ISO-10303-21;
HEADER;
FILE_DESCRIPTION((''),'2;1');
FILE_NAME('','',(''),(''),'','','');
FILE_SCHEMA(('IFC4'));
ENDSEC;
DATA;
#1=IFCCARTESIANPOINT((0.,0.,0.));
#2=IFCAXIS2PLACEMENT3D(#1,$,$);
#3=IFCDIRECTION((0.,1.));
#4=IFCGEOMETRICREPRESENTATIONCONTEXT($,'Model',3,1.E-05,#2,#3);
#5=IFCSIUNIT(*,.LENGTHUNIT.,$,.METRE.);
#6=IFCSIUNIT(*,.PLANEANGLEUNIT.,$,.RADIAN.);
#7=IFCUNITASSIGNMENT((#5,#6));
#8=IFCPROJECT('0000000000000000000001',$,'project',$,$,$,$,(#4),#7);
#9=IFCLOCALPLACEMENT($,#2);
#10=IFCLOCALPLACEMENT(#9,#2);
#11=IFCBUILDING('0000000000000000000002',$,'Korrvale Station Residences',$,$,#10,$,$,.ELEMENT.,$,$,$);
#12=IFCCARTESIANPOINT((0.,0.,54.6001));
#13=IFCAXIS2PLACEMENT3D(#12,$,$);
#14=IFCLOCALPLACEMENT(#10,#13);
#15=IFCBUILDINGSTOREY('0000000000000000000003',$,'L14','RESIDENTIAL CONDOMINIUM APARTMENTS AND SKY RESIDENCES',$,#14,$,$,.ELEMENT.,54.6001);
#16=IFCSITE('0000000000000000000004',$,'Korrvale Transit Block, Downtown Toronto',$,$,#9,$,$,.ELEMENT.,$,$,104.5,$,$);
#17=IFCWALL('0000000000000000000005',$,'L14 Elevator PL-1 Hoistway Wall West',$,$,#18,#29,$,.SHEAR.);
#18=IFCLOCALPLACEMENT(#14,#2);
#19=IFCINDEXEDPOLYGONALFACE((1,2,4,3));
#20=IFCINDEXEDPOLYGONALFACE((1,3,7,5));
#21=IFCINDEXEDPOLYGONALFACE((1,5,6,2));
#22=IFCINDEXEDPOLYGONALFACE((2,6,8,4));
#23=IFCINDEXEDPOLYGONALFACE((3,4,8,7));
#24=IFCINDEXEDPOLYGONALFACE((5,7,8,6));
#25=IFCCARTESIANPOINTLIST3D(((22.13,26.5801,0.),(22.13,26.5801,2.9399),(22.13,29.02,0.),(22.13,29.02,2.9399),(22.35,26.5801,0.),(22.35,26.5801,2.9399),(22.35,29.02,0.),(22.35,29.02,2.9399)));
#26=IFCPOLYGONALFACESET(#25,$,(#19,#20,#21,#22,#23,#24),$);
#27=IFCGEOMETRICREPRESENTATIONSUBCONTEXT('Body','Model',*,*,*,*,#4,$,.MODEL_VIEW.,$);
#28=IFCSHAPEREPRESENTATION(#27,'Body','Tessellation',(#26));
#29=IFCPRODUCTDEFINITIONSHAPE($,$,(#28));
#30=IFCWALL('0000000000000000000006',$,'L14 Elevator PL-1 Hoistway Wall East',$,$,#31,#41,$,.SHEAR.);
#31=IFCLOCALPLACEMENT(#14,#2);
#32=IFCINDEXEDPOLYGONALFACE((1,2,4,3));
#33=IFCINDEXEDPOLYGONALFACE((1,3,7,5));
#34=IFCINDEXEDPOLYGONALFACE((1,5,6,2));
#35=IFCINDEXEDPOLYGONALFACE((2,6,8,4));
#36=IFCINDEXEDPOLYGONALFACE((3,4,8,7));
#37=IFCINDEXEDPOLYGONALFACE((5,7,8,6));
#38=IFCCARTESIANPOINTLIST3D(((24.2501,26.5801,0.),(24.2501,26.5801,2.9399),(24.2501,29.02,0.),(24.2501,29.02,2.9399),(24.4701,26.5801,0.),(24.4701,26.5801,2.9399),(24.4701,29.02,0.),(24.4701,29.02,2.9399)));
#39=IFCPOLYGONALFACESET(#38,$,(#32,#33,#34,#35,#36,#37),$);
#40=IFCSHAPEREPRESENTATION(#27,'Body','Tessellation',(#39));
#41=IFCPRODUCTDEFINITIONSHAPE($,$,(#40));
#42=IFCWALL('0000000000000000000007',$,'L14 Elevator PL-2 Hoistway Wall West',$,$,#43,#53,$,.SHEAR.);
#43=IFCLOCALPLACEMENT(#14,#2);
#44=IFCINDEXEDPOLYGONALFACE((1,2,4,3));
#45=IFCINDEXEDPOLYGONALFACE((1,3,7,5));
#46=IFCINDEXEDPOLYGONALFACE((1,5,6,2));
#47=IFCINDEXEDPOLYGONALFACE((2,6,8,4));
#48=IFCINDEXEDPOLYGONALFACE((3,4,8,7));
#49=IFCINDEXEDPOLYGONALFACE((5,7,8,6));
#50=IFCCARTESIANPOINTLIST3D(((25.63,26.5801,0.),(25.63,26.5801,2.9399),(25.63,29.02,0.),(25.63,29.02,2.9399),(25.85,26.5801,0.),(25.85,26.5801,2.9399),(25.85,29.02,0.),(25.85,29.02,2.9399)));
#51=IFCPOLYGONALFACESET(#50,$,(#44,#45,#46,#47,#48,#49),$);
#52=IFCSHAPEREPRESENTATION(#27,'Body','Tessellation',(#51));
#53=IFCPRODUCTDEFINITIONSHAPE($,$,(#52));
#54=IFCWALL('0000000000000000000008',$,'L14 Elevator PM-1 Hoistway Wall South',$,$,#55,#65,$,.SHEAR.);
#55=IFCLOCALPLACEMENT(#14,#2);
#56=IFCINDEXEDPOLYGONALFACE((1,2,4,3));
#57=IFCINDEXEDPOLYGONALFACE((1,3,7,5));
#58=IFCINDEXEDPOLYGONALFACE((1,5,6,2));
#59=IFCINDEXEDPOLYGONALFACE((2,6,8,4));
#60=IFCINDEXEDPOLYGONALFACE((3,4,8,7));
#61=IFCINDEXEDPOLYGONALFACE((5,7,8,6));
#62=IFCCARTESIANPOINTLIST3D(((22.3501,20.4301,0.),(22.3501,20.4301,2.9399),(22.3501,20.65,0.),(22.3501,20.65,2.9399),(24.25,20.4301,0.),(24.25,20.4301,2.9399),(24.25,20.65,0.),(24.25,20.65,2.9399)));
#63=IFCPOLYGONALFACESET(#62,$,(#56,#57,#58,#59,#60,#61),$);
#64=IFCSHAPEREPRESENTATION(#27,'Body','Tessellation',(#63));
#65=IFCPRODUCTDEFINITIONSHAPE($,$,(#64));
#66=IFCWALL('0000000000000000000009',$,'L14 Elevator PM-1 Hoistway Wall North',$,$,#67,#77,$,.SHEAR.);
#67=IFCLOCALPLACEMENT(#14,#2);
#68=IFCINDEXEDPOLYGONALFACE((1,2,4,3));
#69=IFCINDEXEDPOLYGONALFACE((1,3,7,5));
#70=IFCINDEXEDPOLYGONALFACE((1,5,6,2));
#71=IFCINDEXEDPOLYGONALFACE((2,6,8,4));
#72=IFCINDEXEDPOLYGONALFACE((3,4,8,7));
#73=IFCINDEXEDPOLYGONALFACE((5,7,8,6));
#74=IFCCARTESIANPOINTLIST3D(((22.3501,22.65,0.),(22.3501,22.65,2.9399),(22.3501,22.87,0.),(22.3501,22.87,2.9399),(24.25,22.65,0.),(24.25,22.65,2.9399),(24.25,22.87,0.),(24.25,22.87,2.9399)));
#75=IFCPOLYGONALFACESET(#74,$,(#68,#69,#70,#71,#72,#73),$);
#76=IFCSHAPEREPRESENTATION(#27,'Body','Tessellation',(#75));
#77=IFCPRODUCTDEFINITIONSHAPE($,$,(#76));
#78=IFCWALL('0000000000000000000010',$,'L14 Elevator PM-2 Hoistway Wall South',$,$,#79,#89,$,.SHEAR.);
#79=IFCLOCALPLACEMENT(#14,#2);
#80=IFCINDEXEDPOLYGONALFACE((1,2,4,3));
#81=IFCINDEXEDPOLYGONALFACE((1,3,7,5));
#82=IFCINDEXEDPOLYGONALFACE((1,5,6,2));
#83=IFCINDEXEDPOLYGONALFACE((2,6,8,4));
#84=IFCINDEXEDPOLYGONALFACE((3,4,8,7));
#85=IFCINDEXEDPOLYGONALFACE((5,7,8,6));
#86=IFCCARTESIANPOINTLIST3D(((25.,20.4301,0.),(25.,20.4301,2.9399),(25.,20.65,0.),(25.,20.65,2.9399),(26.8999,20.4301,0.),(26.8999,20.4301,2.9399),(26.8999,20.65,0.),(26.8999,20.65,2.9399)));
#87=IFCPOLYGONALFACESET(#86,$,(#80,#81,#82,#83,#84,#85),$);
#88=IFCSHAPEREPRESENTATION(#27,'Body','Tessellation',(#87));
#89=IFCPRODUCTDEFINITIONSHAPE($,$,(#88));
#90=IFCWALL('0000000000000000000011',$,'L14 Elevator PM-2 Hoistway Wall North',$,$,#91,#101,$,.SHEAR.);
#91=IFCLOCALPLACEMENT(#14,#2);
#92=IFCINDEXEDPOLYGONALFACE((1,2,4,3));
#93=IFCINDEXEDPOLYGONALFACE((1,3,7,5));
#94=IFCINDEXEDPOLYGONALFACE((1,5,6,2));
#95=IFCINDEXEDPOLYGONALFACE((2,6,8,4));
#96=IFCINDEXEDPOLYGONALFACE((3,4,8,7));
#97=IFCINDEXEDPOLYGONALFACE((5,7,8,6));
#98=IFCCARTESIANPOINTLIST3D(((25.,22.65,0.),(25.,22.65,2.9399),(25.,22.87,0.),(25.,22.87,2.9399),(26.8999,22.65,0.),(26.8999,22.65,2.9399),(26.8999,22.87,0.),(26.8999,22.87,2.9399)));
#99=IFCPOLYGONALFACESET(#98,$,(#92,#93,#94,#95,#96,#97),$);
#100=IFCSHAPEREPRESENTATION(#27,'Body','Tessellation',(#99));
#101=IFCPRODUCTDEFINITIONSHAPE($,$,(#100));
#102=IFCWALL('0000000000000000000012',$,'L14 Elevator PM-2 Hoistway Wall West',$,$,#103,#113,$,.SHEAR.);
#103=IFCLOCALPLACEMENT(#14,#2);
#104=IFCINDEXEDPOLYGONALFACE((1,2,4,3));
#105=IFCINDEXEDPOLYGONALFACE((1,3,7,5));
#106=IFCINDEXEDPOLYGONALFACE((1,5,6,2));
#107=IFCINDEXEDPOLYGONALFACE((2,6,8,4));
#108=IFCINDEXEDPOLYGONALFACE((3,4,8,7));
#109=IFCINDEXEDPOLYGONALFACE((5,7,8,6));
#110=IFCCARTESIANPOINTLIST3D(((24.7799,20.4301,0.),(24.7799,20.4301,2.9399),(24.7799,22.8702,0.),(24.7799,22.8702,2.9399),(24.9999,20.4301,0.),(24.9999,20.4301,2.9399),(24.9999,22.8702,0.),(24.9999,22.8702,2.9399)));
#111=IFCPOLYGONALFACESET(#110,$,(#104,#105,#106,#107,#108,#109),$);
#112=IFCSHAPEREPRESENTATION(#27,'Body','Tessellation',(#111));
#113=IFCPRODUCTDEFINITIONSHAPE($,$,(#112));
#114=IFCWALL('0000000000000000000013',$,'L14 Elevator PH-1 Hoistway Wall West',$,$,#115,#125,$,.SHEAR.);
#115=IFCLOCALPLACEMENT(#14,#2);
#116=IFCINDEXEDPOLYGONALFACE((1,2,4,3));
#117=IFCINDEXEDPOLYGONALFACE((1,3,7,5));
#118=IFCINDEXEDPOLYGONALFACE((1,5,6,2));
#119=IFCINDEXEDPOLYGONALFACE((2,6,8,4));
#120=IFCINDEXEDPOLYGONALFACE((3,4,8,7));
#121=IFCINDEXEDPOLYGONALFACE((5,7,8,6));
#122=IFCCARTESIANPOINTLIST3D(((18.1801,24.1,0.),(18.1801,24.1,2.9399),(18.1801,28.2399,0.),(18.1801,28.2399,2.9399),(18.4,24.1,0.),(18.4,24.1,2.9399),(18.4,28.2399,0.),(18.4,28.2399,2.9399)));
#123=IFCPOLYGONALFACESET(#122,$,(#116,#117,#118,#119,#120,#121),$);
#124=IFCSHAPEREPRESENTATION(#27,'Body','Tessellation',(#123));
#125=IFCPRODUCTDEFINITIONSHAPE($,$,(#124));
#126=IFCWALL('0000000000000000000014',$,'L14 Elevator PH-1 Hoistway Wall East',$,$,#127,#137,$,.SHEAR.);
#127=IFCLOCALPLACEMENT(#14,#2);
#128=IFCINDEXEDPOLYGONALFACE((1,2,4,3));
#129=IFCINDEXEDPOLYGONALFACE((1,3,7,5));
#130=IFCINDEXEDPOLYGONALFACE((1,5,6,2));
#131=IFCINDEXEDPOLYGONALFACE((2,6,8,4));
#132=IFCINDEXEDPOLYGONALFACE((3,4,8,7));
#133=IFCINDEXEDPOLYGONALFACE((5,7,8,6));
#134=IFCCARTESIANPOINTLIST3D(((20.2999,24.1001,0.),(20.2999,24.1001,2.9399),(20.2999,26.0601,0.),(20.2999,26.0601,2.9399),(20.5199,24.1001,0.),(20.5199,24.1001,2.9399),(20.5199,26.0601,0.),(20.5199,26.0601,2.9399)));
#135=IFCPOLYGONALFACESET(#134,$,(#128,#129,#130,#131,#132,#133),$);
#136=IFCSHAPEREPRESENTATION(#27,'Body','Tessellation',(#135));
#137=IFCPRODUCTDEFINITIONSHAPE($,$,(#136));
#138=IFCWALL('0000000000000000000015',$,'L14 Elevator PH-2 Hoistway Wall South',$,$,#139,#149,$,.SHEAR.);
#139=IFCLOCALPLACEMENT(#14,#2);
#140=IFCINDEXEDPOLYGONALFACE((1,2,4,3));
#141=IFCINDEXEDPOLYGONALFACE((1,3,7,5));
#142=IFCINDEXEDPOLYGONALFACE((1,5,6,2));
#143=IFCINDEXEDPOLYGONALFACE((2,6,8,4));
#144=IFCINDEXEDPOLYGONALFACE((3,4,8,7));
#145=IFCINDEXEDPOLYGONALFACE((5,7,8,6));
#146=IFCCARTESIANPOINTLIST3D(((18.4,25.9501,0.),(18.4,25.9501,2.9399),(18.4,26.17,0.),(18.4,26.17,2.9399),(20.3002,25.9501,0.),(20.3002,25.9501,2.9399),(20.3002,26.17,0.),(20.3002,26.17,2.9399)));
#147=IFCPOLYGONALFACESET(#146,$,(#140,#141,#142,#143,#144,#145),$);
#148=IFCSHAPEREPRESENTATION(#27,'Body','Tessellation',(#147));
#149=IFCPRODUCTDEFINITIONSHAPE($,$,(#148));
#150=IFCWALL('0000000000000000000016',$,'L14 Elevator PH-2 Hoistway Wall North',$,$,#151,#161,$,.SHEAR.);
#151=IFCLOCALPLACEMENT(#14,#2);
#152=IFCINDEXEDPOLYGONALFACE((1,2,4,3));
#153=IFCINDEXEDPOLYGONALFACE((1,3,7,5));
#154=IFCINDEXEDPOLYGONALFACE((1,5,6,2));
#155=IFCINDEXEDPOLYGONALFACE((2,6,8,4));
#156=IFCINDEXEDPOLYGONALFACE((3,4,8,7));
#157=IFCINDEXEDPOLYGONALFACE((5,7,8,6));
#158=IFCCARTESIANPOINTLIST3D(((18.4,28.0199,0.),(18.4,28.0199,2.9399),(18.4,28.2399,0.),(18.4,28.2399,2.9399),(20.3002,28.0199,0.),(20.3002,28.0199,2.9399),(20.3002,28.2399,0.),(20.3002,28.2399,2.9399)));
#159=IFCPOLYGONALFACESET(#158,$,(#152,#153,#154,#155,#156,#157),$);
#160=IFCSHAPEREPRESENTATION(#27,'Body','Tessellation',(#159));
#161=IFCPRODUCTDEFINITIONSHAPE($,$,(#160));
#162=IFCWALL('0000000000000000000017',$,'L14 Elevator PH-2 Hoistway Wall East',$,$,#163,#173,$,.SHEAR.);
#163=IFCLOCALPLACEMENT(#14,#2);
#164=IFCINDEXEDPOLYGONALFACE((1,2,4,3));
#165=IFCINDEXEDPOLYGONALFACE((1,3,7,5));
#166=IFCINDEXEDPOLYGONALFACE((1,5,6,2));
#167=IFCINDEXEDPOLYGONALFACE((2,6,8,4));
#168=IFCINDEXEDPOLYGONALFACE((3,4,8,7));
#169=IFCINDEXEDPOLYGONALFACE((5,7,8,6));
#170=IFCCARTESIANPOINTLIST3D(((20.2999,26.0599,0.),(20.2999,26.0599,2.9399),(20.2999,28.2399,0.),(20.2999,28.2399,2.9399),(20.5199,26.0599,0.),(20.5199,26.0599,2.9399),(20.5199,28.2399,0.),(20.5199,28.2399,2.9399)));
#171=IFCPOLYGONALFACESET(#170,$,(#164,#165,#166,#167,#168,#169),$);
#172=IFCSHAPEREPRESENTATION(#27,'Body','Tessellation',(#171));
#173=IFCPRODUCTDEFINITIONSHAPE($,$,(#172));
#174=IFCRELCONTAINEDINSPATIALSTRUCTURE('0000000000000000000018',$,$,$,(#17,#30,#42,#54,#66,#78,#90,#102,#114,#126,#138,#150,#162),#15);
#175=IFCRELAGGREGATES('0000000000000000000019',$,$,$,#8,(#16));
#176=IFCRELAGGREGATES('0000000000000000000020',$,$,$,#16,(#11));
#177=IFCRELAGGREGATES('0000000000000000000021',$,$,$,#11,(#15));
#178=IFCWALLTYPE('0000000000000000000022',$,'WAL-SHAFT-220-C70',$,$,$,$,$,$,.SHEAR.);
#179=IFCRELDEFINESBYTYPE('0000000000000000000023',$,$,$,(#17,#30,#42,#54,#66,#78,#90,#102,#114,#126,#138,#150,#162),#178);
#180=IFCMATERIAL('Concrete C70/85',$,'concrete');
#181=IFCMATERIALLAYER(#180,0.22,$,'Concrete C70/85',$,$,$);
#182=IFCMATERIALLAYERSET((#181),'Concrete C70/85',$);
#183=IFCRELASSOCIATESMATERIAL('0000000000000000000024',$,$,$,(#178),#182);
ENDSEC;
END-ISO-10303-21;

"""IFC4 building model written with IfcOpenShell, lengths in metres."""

from ifc_helpers import new_model, si_unit, direction, frame, frame_2d, origin, place, context, subcontext, project, spatial, rectangle, extrude, material, layer, layer_set, type_object, element, save


model = new_model("IFC4")

# Units and contexts
model_context = context("Model", 3, precision=1e-05, world=origin(), true_north=direction((0.0, 1.0)))
body_context = subcontext(model_context, "Body", "Model", "MODEL_VIEW")
ifc_project = project(units=[si_unit("LENGTHUNIT", "METRE"), si_unit("PLANEANGLEUNIT", "RADIAN")], contexts=[model_context])

# Site, building, storey
site_placement = place(None, origin())
site = spatial("IfcSite", under=ifc_project, at=site_placement, Name="Korrvale Transit Block, Downtown Toronto", CompositionType="ELEMENT", RefElevation=104.5)
building_placement = place(site_placement, origin())
building = spatial("IfcBuilding", under=site, at=building_placement, Name="Korrvale Station Residences", CompositionType="ELEMENT")
storey_placement = place(building_placement, frame((0.0, 0.0, 54.6001)))
storey = spatial("IfcBuildingStorey", under=building, at=storey_placement, Name="L14", Description="RESIDENTIAL CONDOMINIUM APARTMENTS AND SKY RESIDENCES", CompositionType="ELEMENT", Elevation=54.6001)

# Shared definitions
ifc_material_1 = material(Name="Concrete C70/85", Category="concrete")

# Shared definitions
ifc_layer_1 = layer(ifc_material_1, 0.22, Name="Concrete C70/85")
ifc_layer_set_1 = layer_set([ifc_layer_1], Name="Concrete C70/85")
wall_type_1 = type_object("IfcWallType", Name="WAL-SHAFT-220-C70", PredefinedType="SHEAR", material=ifc_layer_set_1)

# Walls
for number, where, z_axis, x_axis, name in (
    (1, (22.24, 26.5801, 0.0), (0.0, 0.0, 1.0), (0.0, 1.0, 0.0), "L14 Elevator PL-1 Hoistway Wall West"),
    (2, (24.3601, 26.5801, 0.0), (0.0, 0.0, 1.0), (0.0, 1.0, 0.0), "L14 Elevator PL-1 Hoistway Wall East"),
    (3, (25.74, 26.5801, 0.0), (0.0, 0.0, 1.0), (0.0, 1.0, 0.0), "L14 Elevator PL-2 Hoistway Wall West"),
):
    element("IfcWall", number, at=place(storey_placement, frame(where, z_axis=z_axis, x_axis=x_axis)), inside=storey, type_object=wall_type_1, Name=name, PredefinedType="SHEAR", context=body_context, shape_type="SweptSolid", body=[
        extrude(rectangle(XDim=2.4399, YDim=0.22, at=frame_2d((1.22, 0.0))), origin(), (0.0, 0.0, 1.0), 2.9399),
    ])
for number, where, z_axis, x_axis, name in (
    (4, (22.3501, 20.54, 0.0), (0.0, 0.0, 1.0), (1.0, 0.0, 0.0), "L14 Elevator PM-1 Hoistway Wall South"),
    (5, (22.3501, 22.76, 0.0), (0.0, 0.0, 1.0), (1.0, 0.0, 0.0), "L14 Elevator PM-1 Hoistway Wall North"),
    (6, (25.0, 20.54, 0.0), (0.0, 0.0, 1.0), (1.0, 0.0, 0.0), "L14 Elevator PM-2 Hoistway Wall South"),
    (7, (25.0, 22.76, 0.0), (0.0, 0.0, 1.0), (1.0, 0.0, 0.0), "L14 Elevator PM-2 Hoistway Wall North"),
):
    element("IfcWall", number, at=place(storey_placement, frame(where, z_axis=z_axis, x_axis=x_axis)), inside=storey, type_object=wall_type_1, Name=name, PredefinedType="SHEAR", context=body_context, shape_type="SweptSolid", body=[
        extrude(rectangle(XDim=1.8999, YDim=0.22, at=frame_2d((0.95, 0.0))), origin(), (0.0, 0.0, 1.0), 2.9399),
    ])
wall_1_placement = place(storey_placement, frame((24.8899, 20.4299, 0.0), z_axis=(0.0, 0.0, 1.0), x_axis=(0.0, 1.0, 0.0)))
element("IfcWall", 8, at=wall_1_placement, inside=storey, type_object=wall_type_1, Name="L14 Elevator PM-2 Hoistway Wall West", PredefinedType="SHEAR", context=body_context, shape_type="SweptSolid", body=[
    extrude(rectangle(XDim=2.4402, YDim=0.22, at=frame_2d((1.2202, 0.0))), origin(), (0.0, 0.0, 1.0), 2.9399),
])
wall_2_placement = place(storey_placement, frame((18.29, 24.1001, 0.0), z_axis=(0.0, 0.0, 1.0), x_axis=(0.0, 1.0, 0.0)))
element("IfcWall", 9, at=wall_2_placement, inside=storey, type_object=wall_type_1, Name="L14 Elevator PH-1 Hoistway Wall West", PredefinedType="SHEAR", context=body_context, shape_type="SweptSolid", body=[
    extrude(rectangle(XDim=4.1399, YDim=0.22, at=frame_2d((2.0698, 0.0))), origin(), (0.0, 0.0, 1.0), 2.9399),
])
wall_3_placement = place(storey_placement, frame((20.4099, 24.1001, 0.0), z_axis=(0.0, 0.0, 1.0), x_axis=(0.0, 1.0, 0.0)))
element("IfcWall", 10, at=wall_3_placement, inside=storey, type_object=wall_type_1, Name="L14 Elevator PH-1 Hoistway Wall East", PredefinedType="SHEAR", context=body_context, shape_type="SweptSolid", body=[
    extrude(rectangle(XDim=1.96, YDim=0.22, at=frame_2d((0.98, 0.0))), origin(), (0.0, 0.0, 1.0), 2.9399),
])
for number, where, z_axis, x_axis, name in (
    (11, (18.3999, 26.0601, 0.0), (0.0, 0.0, 1.0), (1.0, 0.0, 0.0), "L14 Elevator PH-2 Hoistway Wall South"),
    (12, (18.3999, 28.1299, 0.0), (0.0, 0.0, 1.0), (1.0, 0.0, 0.0), "L14 Elevator PH-2 Hoistway Wall North"),
):
    element("IfcWall", number, at=place(storey_placement, frame(where, z_axis=z_axis, x_axis=x_axis)), inside=storey, type_object=wall_type_1, Name=name, PredefinedType="SHEAR", context=body_context, shape_type="SweptSolid", body=[
        extrude(rectangle(XDim=1.9001, YDim=0.22, at=frame_2d((0.9502, 0.0))), origin(), (0.0, 0.0, 1.0), 2.9399),
    ])
wall_4_placement = place(storey_placement, frame((20.4099, 26.0601, 0.0), z_axis=(0.0, 0.0, 1.0), x_axis=(0.0, 1.0, 0.0)))
element("IfcWall", 13, at=wall_4_placement, inside=storey, type_object=wall_type_1, Name="L14 Elevator PH-2 Hoistway Wall East", PredefinedType="SHEAR", context=body_context, shape_type="SweptSolid", body=[
    extrude(rectangle(XDim=2.1799, YDim=0.22, at=frame_2d((1.0898, 0.0))), origin(), (0.0, 0.0, 1.0), 2.9399),
])

save(model, "model.ifc")
